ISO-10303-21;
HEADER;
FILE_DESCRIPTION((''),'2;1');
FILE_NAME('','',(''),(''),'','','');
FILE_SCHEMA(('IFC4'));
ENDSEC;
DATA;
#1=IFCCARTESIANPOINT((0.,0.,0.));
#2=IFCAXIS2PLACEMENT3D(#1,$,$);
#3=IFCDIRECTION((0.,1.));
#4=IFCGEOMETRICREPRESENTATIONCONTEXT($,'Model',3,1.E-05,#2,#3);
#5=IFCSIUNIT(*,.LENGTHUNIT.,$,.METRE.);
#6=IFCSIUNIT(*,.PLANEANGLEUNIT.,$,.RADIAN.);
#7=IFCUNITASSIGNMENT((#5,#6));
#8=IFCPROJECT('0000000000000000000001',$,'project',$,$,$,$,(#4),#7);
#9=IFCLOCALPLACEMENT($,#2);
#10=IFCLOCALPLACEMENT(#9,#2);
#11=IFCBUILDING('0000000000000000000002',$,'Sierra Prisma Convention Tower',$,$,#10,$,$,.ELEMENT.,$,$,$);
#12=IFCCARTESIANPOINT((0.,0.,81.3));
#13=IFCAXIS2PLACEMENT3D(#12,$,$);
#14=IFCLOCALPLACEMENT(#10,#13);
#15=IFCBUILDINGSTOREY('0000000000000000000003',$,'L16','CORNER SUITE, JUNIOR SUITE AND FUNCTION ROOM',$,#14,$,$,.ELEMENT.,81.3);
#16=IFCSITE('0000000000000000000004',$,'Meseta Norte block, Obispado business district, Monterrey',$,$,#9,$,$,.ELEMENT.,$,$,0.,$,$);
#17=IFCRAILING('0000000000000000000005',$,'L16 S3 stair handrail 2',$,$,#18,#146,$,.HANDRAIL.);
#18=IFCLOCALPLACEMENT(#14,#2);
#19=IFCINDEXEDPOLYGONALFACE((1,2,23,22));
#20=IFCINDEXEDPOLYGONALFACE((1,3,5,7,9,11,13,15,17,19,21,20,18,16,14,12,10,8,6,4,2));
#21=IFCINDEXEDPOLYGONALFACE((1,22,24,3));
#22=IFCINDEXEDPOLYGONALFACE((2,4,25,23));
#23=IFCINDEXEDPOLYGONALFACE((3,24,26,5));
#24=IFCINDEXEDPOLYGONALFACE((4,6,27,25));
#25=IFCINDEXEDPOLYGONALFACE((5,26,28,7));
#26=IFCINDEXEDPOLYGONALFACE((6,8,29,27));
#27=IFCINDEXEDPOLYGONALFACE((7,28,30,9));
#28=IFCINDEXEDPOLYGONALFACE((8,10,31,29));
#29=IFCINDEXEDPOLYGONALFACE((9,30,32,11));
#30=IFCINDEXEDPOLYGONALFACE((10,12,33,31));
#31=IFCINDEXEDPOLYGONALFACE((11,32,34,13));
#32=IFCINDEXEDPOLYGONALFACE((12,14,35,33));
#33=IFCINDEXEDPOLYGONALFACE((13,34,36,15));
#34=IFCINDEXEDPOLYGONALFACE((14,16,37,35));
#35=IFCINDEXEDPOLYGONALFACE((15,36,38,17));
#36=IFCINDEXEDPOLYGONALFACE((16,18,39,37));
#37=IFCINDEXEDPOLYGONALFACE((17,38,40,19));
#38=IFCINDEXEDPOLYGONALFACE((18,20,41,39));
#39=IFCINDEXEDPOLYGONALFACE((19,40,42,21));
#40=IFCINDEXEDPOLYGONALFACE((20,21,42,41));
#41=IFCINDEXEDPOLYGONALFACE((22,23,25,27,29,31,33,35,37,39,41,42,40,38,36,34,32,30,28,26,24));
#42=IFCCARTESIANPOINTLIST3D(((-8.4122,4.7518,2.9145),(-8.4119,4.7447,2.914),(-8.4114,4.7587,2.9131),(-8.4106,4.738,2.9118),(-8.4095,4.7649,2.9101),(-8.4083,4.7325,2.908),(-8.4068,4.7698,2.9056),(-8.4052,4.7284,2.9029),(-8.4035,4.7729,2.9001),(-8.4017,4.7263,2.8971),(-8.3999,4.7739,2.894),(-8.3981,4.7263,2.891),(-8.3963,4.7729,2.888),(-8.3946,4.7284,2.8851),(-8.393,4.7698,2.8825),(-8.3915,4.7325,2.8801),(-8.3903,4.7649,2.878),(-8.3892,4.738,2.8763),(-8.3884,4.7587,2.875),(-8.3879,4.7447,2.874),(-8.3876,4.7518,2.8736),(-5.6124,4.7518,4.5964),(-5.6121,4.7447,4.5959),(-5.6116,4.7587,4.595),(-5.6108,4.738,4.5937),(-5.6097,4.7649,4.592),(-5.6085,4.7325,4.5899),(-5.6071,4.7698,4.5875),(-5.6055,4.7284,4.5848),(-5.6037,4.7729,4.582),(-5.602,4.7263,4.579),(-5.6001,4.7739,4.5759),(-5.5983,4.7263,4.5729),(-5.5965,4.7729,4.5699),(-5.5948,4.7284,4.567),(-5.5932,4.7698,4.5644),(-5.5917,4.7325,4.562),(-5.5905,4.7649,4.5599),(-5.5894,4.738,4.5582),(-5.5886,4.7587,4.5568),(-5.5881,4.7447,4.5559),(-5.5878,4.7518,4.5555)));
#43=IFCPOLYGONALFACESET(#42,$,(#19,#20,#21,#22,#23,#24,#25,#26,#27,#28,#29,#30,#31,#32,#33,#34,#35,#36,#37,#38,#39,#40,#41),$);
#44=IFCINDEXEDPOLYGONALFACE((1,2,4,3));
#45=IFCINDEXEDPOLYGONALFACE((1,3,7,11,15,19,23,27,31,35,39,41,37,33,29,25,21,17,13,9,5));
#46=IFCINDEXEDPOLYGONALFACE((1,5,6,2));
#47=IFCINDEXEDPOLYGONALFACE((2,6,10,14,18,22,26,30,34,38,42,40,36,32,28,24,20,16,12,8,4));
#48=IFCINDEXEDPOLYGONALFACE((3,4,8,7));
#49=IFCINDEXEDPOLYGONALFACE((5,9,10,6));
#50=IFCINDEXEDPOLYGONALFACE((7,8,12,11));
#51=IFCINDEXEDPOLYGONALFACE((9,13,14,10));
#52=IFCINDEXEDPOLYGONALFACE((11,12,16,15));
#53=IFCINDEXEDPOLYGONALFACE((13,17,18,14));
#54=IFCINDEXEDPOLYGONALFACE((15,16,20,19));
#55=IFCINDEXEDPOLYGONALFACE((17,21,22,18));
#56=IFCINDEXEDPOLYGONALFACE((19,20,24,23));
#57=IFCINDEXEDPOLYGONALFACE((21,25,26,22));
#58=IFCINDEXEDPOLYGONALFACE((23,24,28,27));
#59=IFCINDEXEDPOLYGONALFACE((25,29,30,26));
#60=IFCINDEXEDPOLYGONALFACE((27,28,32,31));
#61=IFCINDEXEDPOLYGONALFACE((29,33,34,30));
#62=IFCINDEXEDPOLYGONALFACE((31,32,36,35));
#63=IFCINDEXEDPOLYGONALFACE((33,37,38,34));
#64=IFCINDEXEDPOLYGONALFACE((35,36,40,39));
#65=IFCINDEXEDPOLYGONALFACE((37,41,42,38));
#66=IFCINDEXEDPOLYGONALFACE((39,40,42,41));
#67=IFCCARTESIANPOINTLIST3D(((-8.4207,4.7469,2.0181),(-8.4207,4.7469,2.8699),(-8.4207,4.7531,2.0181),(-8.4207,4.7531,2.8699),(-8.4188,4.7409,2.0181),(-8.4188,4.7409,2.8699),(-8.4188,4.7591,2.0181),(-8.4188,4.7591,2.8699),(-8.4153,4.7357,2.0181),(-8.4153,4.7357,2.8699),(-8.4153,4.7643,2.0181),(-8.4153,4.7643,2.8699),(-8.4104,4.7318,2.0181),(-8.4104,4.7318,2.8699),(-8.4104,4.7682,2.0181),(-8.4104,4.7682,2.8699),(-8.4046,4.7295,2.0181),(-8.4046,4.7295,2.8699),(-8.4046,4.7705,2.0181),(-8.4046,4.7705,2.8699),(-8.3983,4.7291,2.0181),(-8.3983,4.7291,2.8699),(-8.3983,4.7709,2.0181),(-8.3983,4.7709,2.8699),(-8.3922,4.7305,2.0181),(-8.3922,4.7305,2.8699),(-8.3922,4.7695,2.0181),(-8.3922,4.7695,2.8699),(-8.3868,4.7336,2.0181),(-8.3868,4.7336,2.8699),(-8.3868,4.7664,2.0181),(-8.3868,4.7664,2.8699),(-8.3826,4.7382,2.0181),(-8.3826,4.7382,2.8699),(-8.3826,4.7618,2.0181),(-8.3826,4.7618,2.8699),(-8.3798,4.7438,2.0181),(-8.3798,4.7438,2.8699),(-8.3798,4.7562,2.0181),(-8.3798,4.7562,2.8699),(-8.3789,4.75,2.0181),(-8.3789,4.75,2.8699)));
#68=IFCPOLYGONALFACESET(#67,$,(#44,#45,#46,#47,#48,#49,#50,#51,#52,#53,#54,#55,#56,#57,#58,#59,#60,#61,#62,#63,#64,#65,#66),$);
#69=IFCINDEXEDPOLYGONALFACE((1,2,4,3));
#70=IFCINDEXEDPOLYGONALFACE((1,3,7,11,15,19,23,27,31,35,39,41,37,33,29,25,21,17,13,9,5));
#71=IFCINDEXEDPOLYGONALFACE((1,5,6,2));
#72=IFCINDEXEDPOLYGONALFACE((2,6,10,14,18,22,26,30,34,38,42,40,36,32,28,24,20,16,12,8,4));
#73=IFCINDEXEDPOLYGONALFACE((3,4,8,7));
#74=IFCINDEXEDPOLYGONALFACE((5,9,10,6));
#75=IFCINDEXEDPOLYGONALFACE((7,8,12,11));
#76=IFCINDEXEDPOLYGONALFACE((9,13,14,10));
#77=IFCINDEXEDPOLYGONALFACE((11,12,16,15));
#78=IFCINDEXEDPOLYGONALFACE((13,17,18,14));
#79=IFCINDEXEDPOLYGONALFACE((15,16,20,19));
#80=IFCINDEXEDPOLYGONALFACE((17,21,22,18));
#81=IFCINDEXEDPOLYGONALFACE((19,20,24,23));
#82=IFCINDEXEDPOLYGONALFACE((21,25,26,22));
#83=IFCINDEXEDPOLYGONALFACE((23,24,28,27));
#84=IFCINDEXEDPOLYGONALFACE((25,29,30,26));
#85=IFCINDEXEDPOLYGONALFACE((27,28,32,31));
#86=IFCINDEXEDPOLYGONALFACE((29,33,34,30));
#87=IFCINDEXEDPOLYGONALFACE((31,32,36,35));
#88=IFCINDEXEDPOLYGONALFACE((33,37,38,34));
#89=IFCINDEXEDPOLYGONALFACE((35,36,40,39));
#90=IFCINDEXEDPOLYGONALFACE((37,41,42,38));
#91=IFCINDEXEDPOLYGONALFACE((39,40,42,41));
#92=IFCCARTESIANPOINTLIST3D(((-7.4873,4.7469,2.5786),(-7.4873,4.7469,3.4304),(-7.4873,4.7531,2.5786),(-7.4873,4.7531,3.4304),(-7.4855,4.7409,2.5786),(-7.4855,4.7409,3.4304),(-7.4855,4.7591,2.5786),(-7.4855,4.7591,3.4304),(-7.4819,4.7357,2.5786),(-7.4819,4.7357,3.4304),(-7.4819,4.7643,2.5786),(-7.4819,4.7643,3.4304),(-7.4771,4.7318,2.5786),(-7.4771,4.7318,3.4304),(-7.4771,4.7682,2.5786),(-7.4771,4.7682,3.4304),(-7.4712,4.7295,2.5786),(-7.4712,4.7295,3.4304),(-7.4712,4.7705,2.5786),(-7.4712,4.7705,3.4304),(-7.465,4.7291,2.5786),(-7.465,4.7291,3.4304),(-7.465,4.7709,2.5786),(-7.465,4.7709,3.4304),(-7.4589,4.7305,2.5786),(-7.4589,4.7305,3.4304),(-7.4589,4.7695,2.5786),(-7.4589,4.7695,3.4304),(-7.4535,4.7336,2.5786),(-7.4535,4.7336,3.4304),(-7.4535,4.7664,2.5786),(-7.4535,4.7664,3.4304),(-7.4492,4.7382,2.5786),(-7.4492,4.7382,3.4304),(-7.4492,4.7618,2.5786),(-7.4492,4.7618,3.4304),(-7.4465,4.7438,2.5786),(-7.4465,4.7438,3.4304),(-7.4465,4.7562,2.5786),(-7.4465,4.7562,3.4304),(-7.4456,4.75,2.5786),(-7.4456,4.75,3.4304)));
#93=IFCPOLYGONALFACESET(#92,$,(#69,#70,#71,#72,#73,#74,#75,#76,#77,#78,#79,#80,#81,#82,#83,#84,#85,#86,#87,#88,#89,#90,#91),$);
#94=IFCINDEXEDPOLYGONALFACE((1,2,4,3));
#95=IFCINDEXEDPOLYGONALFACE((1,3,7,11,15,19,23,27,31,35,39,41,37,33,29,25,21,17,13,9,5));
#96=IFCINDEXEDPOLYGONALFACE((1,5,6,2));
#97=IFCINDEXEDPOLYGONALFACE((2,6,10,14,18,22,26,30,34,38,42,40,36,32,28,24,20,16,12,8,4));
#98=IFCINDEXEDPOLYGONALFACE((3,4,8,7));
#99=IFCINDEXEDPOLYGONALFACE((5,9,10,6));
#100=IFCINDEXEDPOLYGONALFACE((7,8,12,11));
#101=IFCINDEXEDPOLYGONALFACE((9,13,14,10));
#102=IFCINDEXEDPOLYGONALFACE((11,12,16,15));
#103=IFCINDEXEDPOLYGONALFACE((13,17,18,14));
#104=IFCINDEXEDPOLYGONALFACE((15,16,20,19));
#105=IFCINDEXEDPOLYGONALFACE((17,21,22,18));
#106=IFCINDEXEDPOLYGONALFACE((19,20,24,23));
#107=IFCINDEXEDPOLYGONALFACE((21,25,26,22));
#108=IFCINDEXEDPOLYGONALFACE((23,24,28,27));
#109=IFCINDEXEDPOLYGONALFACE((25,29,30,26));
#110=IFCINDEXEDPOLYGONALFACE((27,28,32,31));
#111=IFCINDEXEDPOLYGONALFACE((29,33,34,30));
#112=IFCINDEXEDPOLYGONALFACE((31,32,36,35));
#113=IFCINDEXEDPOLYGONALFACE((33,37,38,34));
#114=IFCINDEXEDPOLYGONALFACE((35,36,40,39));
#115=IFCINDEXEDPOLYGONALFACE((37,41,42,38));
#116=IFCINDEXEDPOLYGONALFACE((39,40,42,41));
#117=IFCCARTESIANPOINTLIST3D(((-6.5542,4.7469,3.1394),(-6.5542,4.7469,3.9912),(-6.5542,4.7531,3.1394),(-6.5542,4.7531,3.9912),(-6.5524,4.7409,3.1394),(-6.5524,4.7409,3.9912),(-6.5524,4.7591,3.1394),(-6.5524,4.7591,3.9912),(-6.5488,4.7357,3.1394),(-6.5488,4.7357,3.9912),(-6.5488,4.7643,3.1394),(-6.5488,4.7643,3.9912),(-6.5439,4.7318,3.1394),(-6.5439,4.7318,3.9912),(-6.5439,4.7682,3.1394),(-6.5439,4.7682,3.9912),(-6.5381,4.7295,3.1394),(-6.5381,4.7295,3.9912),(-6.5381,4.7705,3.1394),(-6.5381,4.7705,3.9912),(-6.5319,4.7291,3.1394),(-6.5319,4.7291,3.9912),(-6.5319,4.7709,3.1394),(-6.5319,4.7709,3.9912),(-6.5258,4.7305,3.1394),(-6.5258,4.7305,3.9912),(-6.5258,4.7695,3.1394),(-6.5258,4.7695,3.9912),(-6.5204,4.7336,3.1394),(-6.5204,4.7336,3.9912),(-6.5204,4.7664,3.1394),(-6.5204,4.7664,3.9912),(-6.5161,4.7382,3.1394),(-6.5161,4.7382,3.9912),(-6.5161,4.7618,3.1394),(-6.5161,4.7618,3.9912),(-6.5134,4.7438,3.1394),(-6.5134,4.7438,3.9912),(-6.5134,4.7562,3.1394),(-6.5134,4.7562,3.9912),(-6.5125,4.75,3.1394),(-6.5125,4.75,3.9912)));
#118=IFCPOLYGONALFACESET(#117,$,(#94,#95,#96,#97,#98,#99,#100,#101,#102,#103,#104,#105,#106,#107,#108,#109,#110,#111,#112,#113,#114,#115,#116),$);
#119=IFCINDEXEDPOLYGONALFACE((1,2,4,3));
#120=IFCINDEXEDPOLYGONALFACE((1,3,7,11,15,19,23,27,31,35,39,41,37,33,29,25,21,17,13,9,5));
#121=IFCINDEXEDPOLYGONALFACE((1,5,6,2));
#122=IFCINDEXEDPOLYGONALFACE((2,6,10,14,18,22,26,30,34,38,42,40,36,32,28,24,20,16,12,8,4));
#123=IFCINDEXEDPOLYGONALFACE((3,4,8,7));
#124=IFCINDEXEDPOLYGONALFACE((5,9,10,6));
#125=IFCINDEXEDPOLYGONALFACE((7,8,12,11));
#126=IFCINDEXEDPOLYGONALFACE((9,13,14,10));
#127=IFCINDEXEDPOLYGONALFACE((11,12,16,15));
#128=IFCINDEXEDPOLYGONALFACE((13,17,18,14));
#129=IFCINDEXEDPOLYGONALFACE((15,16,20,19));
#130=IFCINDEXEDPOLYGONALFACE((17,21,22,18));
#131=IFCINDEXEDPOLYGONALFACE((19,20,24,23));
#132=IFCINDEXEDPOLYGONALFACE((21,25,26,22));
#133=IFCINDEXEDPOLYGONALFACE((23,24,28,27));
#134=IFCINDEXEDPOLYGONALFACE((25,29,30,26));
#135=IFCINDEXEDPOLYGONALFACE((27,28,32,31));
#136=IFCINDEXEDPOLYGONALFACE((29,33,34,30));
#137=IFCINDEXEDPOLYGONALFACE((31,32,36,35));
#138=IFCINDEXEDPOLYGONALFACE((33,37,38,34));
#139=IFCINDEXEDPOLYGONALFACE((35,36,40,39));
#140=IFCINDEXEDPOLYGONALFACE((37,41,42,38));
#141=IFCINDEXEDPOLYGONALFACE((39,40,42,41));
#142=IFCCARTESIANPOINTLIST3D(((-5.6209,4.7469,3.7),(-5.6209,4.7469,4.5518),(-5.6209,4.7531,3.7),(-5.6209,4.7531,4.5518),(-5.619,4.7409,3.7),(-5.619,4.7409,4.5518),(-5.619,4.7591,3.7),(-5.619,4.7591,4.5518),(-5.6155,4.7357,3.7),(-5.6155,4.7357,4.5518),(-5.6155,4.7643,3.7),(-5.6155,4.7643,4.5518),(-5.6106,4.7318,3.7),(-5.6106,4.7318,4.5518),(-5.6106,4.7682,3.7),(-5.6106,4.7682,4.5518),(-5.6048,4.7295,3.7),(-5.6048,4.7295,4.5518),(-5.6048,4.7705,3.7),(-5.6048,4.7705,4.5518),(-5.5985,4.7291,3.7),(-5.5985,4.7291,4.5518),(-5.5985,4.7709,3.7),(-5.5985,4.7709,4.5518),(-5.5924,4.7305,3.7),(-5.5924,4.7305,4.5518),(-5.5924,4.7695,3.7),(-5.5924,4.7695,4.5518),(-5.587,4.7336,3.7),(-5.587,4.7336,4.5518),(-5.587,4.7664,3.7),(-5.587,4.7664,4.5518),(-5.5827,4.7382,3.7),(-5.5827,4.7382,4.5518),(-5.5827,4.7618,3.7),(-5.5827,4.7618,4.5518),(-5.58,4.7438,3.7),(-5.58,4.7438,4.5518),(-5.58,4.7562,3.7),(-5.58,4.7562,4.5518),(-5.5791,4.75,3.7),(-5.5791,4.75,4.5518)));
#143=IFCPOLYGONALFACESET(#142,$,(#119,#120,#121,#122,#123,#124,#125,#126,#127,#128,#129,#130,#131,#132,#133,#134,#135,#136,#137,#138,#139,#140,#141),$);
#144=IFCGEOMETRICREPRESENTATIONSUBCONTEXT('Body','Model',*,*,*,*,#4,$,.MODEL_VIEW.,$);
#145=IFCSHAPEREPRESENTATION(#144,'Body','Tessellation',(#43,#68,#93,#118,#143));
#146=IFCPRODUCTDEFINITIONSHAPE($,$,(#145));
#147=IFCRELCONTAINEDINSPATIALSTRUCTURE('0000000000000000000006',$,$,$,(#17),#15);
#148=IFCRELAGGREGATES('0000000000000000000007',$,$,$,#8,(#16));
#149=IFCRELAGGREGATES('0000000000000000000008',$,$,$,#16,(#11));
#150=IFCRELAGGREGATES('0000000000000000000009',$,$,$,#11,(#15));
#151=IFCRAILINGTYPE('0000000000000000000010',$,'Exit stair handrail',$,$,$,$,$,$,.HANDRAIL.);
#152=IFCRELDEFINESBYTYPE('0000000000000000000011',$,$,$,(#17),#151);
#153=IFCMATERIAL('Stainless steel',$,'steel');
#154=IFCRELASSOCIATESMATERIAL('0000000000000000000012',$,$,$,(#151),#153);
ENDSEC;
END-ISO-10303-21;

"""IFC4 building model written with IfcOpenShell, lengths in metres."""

from ifc_helpers import new_model, si_unit, direction, frame, origin, origin_2d, place, context, subcontext, project, spatial, circle, extrude, material, type_object, element, save


model = new_model("IFC4")

# Units and contexts
model_context = context("Model", 3, precision=1e-05, world=origin(), true_north=direction((0.0, 1.0)))
body_context = subcontext(model_context, "Body", "Model", "MODEL_VIEW")
ifc_project = project(units=[si_unit("LENGTHUNIT", "METRE"), si_unit("PLANEANGLEUNIT", "RADIAN")], contexts=[model_context])

# Site, building, storey
site_placement = place(None, origin())
site = spatial("IfcSite", under=ifc_project, at=site_placement, Name="Meseta Norte block, Obispado business district, Monterrey", CompositionType="ELEMENT", RefElevation=0.0)
building_placement = place(site_placement, origin())
building = spatial("IfcBuilding", under=site, at=building_placement, Name="Sierra Prisma Convention Tower", CompositionType="ELEMENT")
storey_placement = place(building_placement, frame((0.0, 0.0, 81.3)))
storey = spatial("IfcBuildingStorey", under=building, at=storey_placement, Name="L16", Description="CORNER SUITE, JUNIOR SUITE AND FUNCTION ROOM", CompositionType="ELEMENT", Elevation=81.3)

# Railing
ifc_material_1 = material(Name="Stainless steel", Category="steel")
railing_type_1 = type_object("IfcRailingType", Name="Exit stair handrail", PredefinedType="HANDRAIL", material=ifc_material_1)
railing_1_placement = place(storey_placement, frame((-8.3999, 4.75, 2.0181)))
element("IfcRailing", 1, at=railing_1_placement, inside=storey, type_object=railing_type_1, Name="L16 S3 stair handrail 2", PredefinedType="HANDRAIL", context=body_context, shape_type="SweptSolid", body=[
    extrude(circle(Radius=0.0239, at=origin_2d()), frame((0.0, 0.0, 0.876), z_axis=(0.857222, 0.0, 0.514946), x_axis=(0.0, 1.0, 0.0)), (0.0, 0.0, 1.0), 3.2661),
    extrude(circle(Radius=0.021, at=origin_2d()), origin(), (0.0, 0.0, 1.0), 0.8518),
    extrude(circle(Radius=0.021, at=origin_2d()), frame((0.9333, 0.0, 0.5605)), (0.0, 0.0, 1.0), 0.8518),
    extrude(circle(Radius=0.021, at=origin_2d()), frame((1.8665, 0.0, 1.1213)), (0.0, 0.0, 1.0), 0.8518),
    extrude(circle(Radius=0.021, at=origin_2d()), frame((2.7998, 0.0, 1.6819)), (0.0, 0.0, 1.0), 0.8518),
])

save(model, "model.ifc")
